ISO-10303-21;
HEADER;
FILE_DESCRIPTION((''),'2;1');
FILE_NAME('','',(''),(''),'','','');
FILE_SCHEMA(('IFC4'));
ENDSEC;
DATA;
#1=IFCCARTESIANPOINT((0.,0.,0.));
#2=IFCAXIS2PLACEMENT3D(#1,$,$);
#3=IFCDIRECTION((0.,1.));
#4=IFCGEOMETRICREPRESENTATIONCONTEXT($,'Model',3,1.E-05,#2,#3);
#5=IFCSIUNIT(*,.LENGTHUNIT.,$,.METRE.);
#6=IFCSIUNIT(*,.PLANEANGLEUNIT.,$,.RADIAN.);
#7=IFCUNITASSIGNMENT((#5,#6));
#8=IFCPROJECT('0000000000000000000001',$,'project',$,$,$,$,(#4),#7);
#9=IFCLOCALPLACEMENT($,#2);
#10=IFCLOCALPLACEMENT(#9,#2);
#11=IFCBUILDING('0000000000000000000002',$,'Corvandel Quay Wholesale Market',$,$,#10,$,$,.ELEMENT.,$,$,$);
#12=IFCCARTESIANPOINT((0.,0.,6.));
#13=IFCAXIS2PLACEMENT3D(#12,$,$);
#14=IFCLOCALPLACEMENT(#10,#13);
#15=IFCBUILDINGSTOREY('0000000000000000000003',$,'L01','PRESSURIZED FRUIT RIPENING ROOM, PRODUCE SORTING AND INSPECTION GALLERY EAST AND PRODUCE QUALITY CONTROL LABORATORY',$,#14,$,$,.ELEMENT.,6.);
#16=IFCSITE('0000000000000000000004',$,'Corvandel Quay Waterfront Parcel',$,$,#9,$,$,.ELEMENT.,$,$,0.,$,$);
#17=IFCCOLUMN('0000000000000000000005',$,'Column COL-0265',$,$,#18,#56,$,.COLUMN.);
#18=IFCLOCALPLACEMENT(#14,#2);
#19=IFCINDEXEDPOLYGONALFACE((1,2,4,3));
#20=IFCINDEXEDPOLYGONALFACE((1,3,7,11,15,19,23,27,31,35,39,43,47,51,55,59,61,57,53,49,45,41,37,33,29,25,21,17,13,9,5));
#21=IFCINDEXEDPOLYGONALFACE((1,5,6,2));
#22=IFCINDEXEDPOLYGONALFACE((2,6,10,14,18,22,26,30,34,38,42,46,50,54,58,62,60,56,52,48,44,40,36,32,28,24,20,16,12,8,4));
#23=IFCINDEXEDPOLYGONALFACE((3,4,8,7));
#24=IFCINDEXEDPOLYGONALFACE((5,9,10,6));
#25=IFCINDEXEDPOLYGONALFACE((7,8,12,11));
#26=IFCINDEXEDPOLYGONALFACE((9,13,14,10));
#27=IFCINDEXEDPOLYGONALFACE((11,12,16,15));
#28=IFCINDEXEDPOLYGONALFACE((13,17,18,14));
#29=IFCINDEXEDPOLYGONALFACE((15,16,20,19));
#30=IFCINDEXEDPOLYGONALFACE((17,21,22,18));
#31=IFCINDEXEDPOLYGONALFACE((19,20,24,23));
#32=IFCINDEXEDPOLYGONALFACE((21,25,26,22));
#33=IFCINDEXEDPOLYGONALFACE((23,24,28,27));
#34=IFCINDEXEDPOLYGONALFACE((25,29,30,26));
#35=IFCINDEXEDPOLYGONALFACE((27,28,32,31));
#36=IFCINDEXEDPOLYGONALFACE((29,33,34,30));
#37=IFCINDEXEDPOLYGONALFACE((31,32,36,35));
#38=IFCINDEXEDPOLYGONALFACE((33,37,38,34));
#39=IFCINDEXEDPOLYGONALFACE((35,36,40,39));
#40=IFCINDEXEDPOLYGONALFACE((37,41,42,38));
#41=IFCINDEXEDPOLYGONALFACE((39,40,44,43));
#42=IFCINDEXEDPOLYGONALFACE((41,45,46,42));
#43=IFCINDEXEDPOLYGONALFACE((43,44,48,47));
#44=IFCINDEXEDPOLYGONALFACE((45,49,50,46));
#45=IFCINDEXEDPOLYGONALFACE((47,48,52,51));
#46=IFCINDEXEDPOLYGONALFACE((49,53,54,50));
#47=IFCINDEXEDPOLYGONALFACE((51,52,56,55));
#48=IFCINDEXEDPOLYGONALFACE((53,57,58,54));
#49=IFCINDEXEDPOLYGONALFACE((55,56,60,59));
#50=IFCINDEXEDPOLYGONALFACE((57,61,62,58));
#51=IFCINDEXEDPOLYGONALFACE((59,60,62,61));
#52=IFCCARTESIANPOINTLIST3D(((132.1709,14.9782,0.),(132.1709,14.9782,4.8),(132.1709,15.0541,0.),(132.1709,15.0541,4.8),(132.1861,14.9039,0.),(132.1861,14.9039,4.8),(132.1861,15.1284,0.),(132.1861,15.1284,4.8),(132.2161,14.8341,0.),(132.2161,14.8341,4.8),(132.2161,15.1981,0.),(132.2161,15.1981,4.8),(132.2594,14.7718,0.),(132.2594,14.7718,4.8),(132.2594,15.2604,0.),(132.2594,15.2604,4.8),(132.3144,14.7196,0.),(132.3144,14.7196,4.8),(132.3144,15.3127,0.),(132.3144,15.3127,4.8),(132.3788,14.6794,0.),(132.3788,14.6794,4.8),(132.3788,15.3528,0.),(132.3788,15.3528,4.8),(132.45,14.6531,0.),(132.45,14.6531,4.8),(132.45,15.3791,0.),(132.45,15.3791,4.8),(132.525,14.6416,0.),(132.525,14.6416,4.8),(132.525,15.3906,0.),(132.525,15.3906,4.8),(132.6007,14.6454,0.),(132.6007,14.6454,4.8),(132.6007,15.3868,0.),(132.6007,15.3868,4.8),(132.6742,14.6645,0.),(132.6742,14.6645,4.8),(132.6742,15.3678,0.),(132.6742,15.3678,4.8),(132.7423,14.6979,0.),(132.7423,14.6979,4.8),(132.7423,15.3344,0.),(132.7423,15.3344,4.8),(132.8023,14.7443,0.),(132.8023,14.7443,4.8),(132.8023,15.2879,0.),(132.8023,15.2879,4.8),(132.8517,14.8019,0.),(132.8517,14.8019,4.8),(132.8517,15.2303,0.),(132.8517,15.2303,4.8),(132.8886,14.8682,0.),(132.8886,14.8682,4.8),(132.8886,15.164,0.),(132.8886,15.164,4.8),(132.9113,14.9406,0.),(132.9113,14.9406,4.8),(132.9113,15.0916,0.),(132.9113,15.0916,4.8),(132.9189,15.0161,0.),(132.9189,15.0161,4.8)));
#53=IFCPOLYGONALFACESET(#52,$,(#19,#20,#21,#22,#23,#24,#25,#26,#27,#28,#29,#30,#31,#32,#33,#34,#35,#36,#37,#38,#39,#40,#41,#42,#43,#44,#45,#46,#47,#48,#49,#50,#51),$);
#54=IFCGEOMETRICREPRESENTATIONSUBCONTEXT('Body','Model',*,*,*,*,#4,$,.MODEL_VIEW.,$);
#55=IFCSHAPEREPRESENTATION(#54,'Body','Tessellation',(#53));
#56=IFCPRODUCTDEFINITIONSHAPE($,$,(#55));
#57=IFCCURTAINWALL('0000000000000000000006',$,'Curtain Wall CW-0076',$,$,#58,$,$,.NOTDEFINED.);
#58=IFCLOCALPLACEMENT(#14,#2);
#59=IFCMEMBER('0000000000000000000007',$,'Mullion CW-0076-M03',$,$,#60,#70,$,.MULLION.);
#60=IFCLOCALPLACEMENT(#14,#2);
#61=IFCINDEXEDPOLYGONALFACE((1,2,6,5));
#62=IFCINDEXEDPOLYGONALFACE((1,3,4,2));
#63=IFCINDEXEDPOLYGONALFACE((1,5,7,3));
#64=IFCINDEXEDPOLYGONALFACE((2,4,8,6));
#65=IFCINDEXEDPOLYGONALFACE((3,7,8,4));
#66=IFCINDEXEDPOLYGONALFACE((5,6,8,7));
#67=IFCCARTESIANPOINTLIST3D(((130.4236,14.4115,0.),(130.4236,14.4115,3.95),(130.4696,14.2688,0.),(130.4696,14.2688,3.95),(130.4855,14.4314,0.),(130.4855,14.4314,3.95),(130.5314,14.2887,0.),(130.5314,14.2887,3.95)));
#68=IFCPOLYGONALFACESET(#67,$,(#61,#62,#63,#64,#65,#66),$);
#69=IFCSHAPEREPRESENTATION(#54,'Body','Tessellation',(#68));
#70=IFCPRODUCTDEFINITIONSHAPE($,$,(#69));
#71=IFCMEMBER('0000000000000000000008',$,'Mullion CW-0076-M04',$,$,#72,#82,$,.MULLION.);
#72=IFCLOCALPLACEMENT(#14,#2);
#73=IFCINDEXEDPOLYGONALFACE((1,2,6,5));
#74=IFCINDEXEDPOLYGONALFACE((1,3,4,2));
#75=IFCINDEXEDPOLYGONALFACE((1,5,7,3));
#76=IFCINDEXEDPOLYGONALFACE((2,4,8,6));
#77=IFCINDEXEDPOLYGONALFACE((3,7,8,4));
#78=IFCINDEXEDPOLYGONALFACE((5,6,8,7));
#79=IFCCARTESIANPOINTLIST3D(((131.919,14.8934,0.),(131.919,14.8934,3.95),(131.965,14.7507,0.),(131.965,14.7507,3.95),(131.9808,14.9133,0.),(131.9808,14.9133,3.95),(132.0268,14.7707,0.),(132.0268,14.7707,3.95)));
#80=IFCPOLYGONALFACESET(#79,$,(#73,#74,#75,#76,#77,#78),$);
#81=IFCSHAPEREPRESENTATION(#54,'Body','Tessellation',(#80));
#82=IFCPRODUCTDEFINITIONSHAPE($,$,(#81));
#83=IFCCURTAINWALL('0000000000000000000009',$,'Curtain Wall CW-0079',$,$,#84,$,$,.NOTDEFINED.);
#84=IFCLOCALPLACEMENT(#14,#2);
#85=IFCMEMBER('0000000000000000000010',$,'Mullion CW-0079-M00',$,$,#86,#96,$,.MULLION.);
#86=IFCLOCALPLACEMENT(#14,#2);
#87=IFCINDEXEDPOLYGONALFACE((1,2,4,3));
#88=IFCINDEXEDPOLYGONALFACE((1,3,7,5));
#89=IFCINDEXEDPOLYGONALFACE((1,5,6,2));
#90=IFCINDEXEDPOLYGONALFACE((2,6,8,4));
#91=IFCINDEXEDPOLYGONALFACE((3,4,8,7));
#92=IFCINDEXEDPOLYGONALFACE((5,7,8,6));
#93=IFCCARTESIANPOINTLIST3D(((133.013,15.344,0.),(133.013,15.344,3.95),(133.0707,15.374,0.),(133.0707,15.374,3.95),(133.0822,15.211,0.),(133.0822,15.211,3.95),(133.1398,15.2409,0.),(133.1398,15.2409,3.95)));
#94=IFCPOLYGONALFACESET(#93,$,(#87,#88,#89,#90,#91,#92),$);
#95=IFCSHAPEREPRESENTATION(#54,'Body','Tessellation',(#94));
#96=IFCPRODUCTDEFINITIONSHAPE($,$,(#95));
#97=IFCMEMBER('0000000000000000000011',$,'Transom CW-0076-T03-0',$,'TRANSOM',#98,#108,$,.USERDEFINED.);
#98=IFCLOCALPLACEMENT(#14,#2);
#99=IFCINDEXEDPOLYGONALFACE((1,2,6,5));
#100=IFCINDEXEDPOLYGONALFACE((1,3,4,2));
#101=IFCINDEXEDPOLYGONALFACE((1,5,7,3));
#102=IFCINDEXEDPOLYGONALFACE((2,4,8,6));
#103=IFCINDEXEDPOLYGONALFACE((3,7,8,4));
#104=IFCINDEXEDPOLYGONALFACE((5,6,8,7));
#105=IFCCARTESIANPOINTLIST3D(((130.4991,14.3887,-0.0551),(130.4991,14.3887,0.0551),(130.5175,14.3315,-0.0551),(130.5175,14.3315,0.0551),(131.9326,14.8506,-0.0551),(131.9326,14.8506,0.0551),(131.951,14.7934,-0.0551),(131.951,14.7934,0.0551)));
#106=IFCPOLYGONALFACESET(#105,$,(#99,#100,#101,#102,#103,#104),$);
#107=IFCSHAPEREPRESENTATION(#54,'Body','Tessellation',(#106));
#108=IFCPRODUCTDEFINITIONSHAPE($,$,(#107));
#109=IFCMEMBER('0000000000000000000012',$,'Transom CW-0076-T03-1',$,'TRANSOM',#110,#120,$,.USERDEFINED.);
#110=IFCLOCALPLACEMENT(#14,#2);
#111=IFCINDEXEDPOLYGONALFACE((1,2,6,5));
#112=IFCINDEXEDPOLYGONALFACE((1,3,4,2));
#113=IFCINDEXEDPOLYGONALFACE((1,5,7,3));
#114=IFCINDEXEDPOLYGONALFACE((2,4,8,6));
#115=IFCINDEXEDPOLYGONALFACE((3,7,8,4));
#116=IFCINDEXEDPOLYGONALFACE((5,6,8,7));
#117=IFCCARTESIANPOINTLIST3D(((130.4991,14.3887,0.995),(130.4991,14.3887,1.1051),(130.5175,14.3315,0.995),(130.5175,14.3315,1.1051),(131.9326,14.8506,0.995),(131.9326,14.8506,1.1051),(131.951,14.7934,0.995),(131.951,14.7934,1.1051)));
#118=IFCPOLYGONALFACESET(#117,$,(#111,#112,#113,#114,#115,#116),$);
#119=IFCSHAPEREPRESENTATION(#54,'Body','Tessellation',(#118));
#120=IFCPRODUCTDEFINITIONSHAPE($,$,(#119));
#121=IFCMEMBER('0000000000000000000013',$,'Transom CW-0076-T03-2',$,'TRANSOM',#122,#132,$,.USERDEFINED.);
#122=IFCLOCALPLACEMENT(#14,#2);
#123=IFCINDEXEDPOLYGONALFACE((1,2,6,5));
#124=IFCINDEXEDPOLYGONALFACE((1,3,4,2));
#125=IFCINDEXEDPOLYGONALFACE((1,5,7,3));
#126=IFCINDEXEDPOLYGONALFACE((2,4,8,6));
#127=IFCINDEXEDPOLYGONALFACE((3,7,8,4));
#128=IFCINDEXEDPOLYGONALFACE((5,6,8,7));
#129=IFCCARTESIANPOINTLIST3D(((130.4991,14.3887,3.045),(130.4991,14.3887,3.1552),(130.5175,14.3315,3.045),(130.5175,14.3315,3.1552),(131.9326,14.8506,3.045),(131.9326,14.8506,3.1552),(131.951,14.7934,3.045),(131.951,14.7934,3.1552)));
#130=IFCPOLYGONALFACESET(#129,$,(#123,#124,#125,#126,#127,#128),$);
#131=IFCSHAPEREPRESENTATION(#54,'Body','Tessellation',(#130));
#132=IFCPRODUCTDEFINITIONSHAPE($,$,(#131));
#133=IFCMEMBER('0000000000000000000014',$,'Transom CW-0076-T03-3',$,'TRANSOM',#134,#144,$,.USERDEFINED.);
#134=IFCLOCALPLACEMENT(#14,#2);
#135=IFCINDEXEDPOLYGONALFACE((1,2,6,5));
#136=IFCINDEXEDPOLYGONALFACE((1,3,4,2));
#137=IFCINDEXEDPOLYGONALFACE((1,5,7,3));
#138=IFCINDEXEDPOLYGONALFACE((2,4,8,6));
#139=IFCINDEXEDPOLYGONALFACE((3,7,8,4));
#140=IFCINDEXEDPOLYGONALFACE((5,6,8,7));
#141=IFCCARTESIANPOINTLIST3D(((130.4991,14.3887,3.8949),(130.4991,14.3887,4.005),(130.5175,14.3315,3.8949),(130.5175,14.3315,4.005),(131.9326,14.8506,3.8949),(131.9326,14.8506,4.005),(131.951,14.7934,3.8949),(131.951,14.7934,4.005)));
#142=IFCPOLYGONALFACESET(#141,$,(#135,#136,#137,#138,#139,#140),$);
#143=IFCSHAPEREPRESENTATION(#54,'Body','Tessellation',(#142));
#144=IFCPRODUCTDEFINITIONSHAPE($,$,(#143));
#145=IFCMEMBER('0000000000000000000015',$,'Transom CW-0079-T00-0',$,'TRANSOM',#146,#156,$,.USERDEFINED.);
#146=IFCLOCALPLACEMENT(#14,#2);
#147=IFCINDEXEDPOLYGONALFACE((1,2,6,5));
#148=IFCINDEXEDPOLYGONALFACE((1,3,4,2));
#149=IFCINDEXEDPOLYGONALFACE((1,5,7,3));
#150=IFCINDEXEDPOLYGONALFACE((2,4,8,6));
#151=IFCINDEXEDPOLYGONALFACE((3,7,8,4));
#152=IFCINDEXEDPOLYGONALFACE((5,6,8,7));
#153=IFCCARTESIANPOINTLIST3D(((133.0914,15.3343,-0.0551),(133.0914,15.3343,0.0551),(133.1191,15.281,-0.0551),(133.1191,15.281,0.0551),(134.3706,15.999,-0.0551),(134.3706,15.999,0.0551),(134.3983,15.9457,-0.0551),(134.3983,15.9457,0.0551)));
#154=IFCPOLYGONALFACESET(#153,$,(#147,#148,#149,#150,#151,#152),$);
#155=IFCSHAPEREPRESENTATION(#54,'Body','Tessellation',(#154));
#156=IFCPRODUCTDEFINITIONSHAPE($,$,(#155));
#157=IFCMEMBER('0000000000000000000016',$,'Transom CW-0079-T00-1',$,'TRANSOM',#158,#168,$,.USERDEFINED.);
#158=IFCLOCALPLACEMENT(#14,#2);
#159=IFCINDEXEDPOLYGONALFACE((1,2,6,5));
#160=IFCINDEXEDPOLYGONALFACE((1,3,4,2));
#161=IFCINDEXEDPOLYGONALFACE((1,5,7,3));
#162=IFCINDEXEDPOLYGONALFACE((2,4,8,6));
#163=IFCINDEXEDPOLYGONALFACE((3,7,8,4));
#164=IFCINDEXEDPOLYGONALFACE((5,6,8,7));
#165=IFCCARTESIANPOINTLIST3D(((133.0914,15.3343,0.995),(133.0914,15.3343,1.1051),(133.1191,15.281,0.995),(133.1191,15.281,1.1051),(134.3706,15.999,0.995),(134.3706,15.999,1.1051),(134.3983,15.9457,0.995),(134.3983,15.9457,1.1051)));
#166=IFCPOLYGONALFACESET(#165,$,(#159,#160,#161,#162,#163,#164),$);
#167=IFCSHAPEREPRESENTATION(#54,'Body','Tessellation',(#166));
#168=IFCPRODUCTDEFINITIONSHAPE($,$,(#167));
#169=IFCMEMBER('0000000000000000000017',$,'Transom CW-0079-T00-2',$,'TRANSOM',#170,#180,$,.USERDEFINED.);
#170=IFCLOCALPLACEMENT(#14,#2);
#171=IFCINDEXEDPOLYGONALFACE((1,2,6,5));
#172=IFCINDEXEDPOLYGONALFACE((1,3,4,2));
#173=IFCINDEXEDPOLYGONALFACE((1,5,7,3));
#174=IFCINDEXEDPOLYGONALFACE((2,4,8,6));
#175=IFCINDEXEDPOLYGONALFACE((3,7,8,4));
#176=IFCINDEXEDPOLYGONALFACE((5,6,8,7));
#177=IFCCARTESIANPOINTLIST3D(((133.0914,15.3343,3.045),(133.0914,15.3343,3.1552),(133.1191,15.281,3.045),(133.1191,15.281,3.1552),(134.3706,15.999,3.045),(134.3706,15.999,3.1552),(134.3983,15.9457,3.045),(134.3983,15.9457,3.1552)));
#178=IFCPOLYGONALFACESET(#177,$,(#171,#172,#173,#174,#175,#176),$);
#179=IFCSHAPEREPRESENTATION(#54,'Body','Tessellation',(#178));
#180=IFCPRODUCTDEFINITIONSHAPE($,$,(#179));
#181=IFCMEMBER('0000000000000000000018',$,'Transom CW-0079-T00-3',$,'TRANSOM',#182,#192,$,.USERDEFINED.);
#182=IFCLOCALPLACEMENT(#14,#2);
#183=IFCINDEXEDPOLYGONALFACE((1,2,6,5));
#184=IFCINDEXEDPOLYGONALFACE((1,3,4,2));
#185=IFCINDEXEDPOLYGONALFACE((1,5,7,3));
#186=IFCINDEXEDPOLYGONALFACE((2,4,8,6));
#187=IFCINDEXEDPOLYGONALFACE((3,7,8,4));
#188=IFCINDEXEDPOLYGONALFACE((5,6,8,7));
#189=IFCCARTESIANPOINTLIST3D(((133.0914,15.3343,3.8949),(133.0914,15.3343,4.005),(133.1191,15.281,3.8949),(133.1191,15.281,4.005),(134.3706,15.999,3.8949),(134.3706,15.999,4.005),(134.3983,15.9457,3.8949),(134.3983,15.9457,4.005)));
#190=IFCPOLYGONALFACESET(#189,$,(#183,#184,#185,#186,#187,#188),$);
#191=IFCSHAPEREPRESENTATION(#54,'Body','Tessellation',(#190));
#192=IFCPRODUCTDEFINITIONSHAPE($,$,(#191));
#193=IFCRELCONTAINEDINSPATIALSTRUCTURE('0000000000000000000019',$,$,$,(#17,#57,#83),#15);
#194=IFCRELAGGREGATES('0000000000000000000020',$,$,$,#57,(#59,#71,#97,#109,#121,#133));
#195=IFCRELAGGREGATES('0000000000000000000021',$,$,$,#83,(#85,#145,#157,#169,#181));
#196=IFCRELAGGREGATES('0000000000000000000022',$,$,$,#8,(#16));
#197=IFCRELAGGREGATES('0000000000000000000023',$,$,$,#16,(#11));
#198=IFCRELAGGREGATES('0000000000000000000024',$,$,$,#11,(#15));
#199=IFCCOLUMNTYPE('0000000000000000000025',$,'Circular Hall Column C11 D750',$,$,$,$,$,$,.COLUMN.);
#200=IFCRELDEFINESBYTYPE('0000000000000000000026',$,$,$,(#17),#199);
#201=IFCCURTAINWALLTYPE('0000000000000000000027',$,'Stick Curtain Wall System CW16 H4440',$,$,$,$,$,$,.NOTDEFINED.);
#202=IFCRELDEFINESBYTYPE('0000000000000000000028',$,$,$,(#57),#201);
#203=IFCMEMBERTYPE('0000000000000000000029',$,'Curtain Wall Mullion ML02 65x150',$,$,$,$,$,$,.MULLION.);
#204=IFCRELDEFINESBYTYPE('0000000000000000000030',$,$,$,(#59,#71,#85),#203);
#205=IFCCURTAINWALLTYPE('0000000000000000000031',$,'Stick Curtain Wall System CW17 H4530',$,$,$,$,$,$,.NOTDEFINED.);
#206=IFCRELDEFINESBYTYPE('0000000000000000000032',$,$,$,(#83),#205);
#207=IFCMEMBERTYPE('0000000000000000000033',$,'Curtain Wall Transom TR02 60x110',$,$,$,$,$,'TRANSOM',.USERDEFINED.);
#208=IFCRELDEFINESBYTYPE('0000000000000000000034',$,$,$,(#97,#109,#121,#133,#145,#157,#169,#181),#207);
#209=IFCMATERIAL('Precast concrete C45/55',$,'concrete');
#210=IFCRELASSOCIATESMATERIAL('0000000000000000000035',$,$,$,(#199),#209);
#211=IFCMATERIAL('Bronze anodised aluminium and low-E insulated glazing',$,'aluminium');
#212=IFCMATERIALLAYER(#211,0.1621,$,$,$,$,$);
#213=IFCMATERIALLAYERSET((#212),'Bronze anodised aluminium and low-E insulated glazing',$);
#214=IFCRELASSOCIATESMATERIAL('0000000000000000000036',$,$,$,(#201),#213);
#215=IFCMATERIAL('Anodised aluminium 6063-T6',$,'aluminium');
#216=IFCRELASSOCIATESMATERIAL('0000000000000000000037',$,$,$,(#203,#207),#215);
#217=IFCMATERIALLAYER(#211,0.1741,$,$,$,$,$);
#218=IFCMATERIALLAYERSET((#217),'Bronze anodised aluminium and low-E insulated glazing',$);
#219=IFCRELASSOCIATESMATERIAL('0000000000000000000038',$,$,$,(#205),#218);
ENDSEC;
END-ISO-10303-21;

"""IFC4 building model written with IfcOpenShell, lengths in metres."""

from ifc_helpers import new_model, si_unit, direction, frame, origin, origin_2d, place, context, subcontext, project, spatial, rectangle, circle, extrude, material, layer, layer_set, material_profile, profile_set, type_object, element, aggregate, save


model = new_model("IFC4")

# Units and contexts
model_context = context("Model", 3, precision=1e-05, world=origin(), true_north=direction((0.0, 1.0)))
body_context = subcontext(model_context, "Body", "Model", "MODEL_VIEW")
ifc_project = project(units=[si_unit("LENGTHUNIT", "METRE"), si_unit("PLANEANGLEUNIT", "RADIAN")], contexts=[model_context])

# Site, building, storey
site_placement = place(None, origin())
site = spatial("IfcSite", under=ifc_project, at=site_placement, Name="Corvandel Quay Waterfront Parcel", CompositionType="ELEMENT", RefElevation=0.0)
building_placement = place(site_placement, origin())
building = spatial("IfcBuilding", under=site, at=building_placement, Name="Corvandel Quay Wholesale Market", CompositionType="ELEMENT")
storey_placement = place(building_placement, frame((0.0, 0.0, 6.0)))
storey = spatial("IfcBuildingStorey", under=building, at=storey_placement, Name="L01", Description="PRESSURIZED FRUIT RIPENING ROOM, PRODUCE SORTING AND INSPECTION GALLERY EAST AND PRODUCE QUALITY CONTROL LABORATORY", CompositionType="ELEMENT", Elevation=6.0)

# Column
ifc_material_1 = material(Name="Precast concrete C45/55", Category="concrete")
ifc_material_profile_1 = material_profile(ifc_material_1, circle(Radius=0.375, at=origin_2d()), Name="PC-COL-D750")
ifc_profile_set_1 = profile_set([ifc_material_profile_1], Name="Precast concrete C45/55")
column_type = type_object("IfcColumnType", Name="Circular Hall Column C11 D750", PredefinedType="COLUMN", material=ifc_profile_set_1)
column_placement = place(storey_placement, frame((132.5439, 15.0161, 0.0), z_axis=(0.0, 0.0, 1.0), x_axis=(1.0, 0.0, 0.0)))
element("IfcColumn", 1, at=column_placement, inside=storey, type_object=column_type, Name="Column COL-0265", PredefinedType="COLUMN", context=body_context, shape_type="SweptSolid", body=[
    extrude(circle(Radius=0.375, at=origin_2d()), origin(), (0.0, 0.0, 1.0), 4.8),
])

# Curtain wall, members
ifc_material_2 = material(Name="Bronze anodised aluminium and low-E insulated glazing", Category="aluminium")
ifc_layer_1 = layer(ifc_material_2, 0.1621)
ifc_layer_set_1 = layer_set([ifc_layer_1], Name="Bronze anodised aluminium and low-E insulated glazing")
curtain_wall_type_1 = type_object("IfcCurtainWallType", Name="Stick Curtain Wall System CW16 H4440", PredefinedType="NOTDEFINED", material=ifc_layer_set_1)
curtain_wall_1_placement = place(storey_placement, origin())
curtain_wall_1 = element("IfcCurtainWall", 2, at=curtain_wall_1_placement, inside=storey, type_object=curtain_wall_type_1, Name="Curtain Wall CW-0076", PredefinedType="NOTDEFINED")
ifc_material_3 = material(Name="Anodised aluminium 6063-T6", Category="aluminium")
ifc_material_profile_2 = material_profile(ifc_material_3, rectangle(XDim=0.0649, YDim=0.1499, at=origin_2d()), Name="ALU-MUL-65x150")
ifc_profile_set_2 = profile_set([ifc_material_profile_2], Name="Anodised aluminium 6063-T6")
member_type_1 = type_object("IfcMemberType", Name="Curtain Wall Mullion ML02 65x150", PredefinedType="MULLION", material=ifc_profile_set_2)
member_1_placement = place(storey_placement, frame((130.4775, 14.3501, 0.0), z_axis=(0.0, 0.0, 1.0), x_axis=(0.951809, 0.306692, 0.0)))
member_1 = element("IfcMember", 3, at=member_1_placement, type_object=member_type_1, Name="Mullion CW-0076-M03", PredefinedType="MULLION", context=body_context, shape_type="SweptSolid", body=[
    extrude(rectangle(XDim=0.0649, YDim=0.1499, at=origin_2d()), origin(), (0.0, 0.0, 1.0), 3.95),
])
member_2_placement = place(storey_placement, frame((131.9729, 14.832, 0.0), z_axis=(0.0, 0.0, 1.0), x_axis=(0.951809, 0.306692, 0.0)))
member_2 = element("IfcMember", 4, at=member_2_placement, type_object=member_type_1, Name="Mullion CW-0076-M04", PredefinedType="MULLION", context=body_context, shape_type="SweptSolid", body=[
    extrude(rectangle(XDim=0.0649, YDim=0.1499, at=origin_2d()), origin(), (0.0, 0.0, 1.0), 3.95),
])

# Curtain wall, member
ifc_layer_2 = layer(ifc_material_2, 0.1741)
ifc_layer_set_2 = layer_set([ifc_layer_2], Name="Bronze anodised aluminium and low-E insulated glazing")
curtain_wall_type_2 = type_object("IfcCurtainWallType", Name="Stick Curtain Wall System CW17 H4530", PredefinedType="NOTDEFINED", material=ifc_layer_set_2)
curtain_wall_2_placement = place(storey_placement, origin())
curtain_wall_2 = element("IfcCurtainWall", 5, at=curtain_wall_2_placement, inside=storey, type_object=curtain_wall_type_2, Name="Curtain Wall CW-0079", PredefinedType="NOTDEFINED")
member_3_placement = place(storey_placement, frame((133.0764, 15.2925, 0.0), z_axis=(0.0, 0.0, 1.0), x_axis=(0.887333, 0.461129, 0.0)))
member_3 = element("IfcMember", 6, at=member_3_placement, type_object=member_type_1, Name="Mullion CW-0079-M00", PredefinedType="MULLION", context=body_context, shape_type="SweptSolid", body=[
    extrude(rectangle(XDim=0.0649, YDim=0.1499, at=origin_2d()), origin(), (0.0, 0.0, 1.0), 3.95),
])

# Members
ifc_material_profile_3 = material_profile(ifc_material_3, rectangle(XDim=0.0601, YDim=0.1101, at=origin_2d()), Name="ALU-TRN-60x110")
ifc_profile_set_3 = profile_set([ifc_material_profile_3], Name="Anodised aluminium 6063-T6")
member_type_2 = type_object("IfcMemberType", Name="Curtain Wall Transom TR02 60x110", ElementType="TRANSOM", PredefinedType="USERDEFINED", material=ifc_profile_set_3)
member_4_placement = place(storey_placement, frame((130.5083, 14.3601, 0.0), z_axis=(0.951812, 0.306681, 0.0), x_axis=(-0.306681, 0.951812, 0.0)))
member_4 = element("IfcMember", 7, at=member_4_placement, type_object=member_type_2, Name="Transom CW-0076-T03-0", ObjectType="TRANSOM", PredefinedType="USERDEFINED", context=body_context, shape_type="SweptSolid", body=[
    extrude(rectangle(XDim=0.0601, YDim=0.1101, at=origin_2d()), origin(), (0.0, 0.0, 1.0), 1.5061),
])
member_5_placement = place(storey_placement, frame((130.5083, 14.3601, 1.05), z_axis=(0.951812, 0.306681, 0.0), x_axis=(-0.306681, 0.951812, 0.0)))
member_5 = element("IfcMember", 8, at=member_5_placement, type_object=member_type_2, Name="Transom CW-0076-T03-1", ObjectType="TRANSOM", PredefinedType="USERDEFINED", context=body_context, shape_type="SweptSolid", body=[
    extrude(rectangle(XDim=0.0601, YDim=0.1101, at=origin_2d()), origin(), (0.0, 0.0, 1.0), 1.5061),
])
member_6_placement = place(storey_placement, frame((130.5083, 14.3601, 3.1001), z_axis=(0.951812, 0.306681, 0.0), x_axis=(-0.306681, 0.951812, 0.0)))
member_6 = element("IfcMember", 9, at=member_6_placement, type_object=member_type_2, Name="Transom CW-0076-T03-2", ObjectType="TRANSOM", PredefinedType="USERDEFINED", context=body_context, shape_type="SweptSolid", body=[
    extrude(rectangle(XDim=0.0601, YDim=0.1101, at=origin_2d()), origin(), (0.0, 0.0, 1.0), 1.5061),
])
member_7_placement = place(storey_placement, frame((130.5083, 14.3601, 3.95), z_axis=(0.951812, 0.306681, 0.0), x_axis=(-0.306681, 0.951812, 0.0)))
member_7 = element("IfcMember", 10, at=member_7_placement, type_object=member_type_2, Name="Transom CW-0076-T03-3", ObjectType="TRANSOM", PredefinedType="USERDEFINED", context=body_context, shape_type="SweptSolid", body=[
    extrude(rectangle(XDim=0.0601, YDim=0.1101, at=origin_2d()), origin(), (0.0, 0.0, 1.0), 1.5061),
])
member_8_placement = place(storey_placement, frame((133.1052, 15.3076, 0.0), z_axis=(0.887342, 0.461113, 0.0), x_axis=(-0.461113, 0.887342, 0.0)))
member_8 = element("IfcMember", 11, at=member_8_placement, type_object=member_type_2, Name="Transom CW-0079-T00-0", ObjectType="TRANSOM", PredefinedType="USERDEFINED", context=body_context, shape_type="SweptSolid", body=[
    extrude(rectangle(XDim=0.0601, YDim=0.1101, at=origin_2d()), origin(), (0.0, 0.0, 1.0), 1.4417),
])
member_9_placement = place(storey_placement, frame((133.1052, 15.3076, 1.05), z_axis=(0.887342, 0.461113, 0.0), x_axis=(-0.461113, 0.887342, 0.0)))
member_9 = element("IfcMember", 12, at=member_9_placement, type_object=member_type_2, Name="Transom CW-0079-T00-1", ObjectType="TRANSOM", PredefinedType="USERDEFINED", context=body_context, shape_type="SweptSolid", body=[
    extrude(rectangle(XDim=0.0601, YDim=0.1101, at=origin_2d()), origin(), (0.0, 0.0, 1.0), 1.4417),
])
member_10_placement = place(storey_placement, frame((133.1052, 15.3076, 3.1001), z_axis=(0.887342, 0.461113, 0.0), x_axis=(-0.461113, 0.887342, 0.0)))
member_10 = element("IfcMember", 13, at=member_10_placement, type_object=member_type_2, Name="Transom CW-0079-T00-2", ObjectType="TRANSOM", PredefinedType="USERDEFINED", context=body_context, shape_type="SweptSolid", body=[
    extrude(rectangle(XDim=0.0601, YDim=0.1101, at=origin_2d()), origin(), (0.0, 0.0, 1.0), 1.4417),
])
member_11_placement = place(storey_placement, frame((133.1052, 15.3076, 3.95), z_axis=(0.887342, 0.461113, 0.0), x_axis=(-0.461113, 0.887342, 0.0)))
member_11 = element("IfcMember", 14, at=member_11_placement, type_object=member_type_2, Name="Transom CW-0079-T00-3", ObjectType="TRANSOM", PredefinedType="USERDEFINED", context=body_context, shape_type="SweptSolid", body=[
    extrude(rectangle(XDim=0.0601, YDim=0.1101, at=origin_2d()), origin(), (0.0, 0.0, 1.0), 1.4417),
])

aggregate(curtain_wall_1, [member_1, member_2, member_4, member_5, member_6, member_7])
aggregate(curtain_wall_2, [member_3, member_8, member_9, member_10, member_11])

save(model, "model.ifc")
